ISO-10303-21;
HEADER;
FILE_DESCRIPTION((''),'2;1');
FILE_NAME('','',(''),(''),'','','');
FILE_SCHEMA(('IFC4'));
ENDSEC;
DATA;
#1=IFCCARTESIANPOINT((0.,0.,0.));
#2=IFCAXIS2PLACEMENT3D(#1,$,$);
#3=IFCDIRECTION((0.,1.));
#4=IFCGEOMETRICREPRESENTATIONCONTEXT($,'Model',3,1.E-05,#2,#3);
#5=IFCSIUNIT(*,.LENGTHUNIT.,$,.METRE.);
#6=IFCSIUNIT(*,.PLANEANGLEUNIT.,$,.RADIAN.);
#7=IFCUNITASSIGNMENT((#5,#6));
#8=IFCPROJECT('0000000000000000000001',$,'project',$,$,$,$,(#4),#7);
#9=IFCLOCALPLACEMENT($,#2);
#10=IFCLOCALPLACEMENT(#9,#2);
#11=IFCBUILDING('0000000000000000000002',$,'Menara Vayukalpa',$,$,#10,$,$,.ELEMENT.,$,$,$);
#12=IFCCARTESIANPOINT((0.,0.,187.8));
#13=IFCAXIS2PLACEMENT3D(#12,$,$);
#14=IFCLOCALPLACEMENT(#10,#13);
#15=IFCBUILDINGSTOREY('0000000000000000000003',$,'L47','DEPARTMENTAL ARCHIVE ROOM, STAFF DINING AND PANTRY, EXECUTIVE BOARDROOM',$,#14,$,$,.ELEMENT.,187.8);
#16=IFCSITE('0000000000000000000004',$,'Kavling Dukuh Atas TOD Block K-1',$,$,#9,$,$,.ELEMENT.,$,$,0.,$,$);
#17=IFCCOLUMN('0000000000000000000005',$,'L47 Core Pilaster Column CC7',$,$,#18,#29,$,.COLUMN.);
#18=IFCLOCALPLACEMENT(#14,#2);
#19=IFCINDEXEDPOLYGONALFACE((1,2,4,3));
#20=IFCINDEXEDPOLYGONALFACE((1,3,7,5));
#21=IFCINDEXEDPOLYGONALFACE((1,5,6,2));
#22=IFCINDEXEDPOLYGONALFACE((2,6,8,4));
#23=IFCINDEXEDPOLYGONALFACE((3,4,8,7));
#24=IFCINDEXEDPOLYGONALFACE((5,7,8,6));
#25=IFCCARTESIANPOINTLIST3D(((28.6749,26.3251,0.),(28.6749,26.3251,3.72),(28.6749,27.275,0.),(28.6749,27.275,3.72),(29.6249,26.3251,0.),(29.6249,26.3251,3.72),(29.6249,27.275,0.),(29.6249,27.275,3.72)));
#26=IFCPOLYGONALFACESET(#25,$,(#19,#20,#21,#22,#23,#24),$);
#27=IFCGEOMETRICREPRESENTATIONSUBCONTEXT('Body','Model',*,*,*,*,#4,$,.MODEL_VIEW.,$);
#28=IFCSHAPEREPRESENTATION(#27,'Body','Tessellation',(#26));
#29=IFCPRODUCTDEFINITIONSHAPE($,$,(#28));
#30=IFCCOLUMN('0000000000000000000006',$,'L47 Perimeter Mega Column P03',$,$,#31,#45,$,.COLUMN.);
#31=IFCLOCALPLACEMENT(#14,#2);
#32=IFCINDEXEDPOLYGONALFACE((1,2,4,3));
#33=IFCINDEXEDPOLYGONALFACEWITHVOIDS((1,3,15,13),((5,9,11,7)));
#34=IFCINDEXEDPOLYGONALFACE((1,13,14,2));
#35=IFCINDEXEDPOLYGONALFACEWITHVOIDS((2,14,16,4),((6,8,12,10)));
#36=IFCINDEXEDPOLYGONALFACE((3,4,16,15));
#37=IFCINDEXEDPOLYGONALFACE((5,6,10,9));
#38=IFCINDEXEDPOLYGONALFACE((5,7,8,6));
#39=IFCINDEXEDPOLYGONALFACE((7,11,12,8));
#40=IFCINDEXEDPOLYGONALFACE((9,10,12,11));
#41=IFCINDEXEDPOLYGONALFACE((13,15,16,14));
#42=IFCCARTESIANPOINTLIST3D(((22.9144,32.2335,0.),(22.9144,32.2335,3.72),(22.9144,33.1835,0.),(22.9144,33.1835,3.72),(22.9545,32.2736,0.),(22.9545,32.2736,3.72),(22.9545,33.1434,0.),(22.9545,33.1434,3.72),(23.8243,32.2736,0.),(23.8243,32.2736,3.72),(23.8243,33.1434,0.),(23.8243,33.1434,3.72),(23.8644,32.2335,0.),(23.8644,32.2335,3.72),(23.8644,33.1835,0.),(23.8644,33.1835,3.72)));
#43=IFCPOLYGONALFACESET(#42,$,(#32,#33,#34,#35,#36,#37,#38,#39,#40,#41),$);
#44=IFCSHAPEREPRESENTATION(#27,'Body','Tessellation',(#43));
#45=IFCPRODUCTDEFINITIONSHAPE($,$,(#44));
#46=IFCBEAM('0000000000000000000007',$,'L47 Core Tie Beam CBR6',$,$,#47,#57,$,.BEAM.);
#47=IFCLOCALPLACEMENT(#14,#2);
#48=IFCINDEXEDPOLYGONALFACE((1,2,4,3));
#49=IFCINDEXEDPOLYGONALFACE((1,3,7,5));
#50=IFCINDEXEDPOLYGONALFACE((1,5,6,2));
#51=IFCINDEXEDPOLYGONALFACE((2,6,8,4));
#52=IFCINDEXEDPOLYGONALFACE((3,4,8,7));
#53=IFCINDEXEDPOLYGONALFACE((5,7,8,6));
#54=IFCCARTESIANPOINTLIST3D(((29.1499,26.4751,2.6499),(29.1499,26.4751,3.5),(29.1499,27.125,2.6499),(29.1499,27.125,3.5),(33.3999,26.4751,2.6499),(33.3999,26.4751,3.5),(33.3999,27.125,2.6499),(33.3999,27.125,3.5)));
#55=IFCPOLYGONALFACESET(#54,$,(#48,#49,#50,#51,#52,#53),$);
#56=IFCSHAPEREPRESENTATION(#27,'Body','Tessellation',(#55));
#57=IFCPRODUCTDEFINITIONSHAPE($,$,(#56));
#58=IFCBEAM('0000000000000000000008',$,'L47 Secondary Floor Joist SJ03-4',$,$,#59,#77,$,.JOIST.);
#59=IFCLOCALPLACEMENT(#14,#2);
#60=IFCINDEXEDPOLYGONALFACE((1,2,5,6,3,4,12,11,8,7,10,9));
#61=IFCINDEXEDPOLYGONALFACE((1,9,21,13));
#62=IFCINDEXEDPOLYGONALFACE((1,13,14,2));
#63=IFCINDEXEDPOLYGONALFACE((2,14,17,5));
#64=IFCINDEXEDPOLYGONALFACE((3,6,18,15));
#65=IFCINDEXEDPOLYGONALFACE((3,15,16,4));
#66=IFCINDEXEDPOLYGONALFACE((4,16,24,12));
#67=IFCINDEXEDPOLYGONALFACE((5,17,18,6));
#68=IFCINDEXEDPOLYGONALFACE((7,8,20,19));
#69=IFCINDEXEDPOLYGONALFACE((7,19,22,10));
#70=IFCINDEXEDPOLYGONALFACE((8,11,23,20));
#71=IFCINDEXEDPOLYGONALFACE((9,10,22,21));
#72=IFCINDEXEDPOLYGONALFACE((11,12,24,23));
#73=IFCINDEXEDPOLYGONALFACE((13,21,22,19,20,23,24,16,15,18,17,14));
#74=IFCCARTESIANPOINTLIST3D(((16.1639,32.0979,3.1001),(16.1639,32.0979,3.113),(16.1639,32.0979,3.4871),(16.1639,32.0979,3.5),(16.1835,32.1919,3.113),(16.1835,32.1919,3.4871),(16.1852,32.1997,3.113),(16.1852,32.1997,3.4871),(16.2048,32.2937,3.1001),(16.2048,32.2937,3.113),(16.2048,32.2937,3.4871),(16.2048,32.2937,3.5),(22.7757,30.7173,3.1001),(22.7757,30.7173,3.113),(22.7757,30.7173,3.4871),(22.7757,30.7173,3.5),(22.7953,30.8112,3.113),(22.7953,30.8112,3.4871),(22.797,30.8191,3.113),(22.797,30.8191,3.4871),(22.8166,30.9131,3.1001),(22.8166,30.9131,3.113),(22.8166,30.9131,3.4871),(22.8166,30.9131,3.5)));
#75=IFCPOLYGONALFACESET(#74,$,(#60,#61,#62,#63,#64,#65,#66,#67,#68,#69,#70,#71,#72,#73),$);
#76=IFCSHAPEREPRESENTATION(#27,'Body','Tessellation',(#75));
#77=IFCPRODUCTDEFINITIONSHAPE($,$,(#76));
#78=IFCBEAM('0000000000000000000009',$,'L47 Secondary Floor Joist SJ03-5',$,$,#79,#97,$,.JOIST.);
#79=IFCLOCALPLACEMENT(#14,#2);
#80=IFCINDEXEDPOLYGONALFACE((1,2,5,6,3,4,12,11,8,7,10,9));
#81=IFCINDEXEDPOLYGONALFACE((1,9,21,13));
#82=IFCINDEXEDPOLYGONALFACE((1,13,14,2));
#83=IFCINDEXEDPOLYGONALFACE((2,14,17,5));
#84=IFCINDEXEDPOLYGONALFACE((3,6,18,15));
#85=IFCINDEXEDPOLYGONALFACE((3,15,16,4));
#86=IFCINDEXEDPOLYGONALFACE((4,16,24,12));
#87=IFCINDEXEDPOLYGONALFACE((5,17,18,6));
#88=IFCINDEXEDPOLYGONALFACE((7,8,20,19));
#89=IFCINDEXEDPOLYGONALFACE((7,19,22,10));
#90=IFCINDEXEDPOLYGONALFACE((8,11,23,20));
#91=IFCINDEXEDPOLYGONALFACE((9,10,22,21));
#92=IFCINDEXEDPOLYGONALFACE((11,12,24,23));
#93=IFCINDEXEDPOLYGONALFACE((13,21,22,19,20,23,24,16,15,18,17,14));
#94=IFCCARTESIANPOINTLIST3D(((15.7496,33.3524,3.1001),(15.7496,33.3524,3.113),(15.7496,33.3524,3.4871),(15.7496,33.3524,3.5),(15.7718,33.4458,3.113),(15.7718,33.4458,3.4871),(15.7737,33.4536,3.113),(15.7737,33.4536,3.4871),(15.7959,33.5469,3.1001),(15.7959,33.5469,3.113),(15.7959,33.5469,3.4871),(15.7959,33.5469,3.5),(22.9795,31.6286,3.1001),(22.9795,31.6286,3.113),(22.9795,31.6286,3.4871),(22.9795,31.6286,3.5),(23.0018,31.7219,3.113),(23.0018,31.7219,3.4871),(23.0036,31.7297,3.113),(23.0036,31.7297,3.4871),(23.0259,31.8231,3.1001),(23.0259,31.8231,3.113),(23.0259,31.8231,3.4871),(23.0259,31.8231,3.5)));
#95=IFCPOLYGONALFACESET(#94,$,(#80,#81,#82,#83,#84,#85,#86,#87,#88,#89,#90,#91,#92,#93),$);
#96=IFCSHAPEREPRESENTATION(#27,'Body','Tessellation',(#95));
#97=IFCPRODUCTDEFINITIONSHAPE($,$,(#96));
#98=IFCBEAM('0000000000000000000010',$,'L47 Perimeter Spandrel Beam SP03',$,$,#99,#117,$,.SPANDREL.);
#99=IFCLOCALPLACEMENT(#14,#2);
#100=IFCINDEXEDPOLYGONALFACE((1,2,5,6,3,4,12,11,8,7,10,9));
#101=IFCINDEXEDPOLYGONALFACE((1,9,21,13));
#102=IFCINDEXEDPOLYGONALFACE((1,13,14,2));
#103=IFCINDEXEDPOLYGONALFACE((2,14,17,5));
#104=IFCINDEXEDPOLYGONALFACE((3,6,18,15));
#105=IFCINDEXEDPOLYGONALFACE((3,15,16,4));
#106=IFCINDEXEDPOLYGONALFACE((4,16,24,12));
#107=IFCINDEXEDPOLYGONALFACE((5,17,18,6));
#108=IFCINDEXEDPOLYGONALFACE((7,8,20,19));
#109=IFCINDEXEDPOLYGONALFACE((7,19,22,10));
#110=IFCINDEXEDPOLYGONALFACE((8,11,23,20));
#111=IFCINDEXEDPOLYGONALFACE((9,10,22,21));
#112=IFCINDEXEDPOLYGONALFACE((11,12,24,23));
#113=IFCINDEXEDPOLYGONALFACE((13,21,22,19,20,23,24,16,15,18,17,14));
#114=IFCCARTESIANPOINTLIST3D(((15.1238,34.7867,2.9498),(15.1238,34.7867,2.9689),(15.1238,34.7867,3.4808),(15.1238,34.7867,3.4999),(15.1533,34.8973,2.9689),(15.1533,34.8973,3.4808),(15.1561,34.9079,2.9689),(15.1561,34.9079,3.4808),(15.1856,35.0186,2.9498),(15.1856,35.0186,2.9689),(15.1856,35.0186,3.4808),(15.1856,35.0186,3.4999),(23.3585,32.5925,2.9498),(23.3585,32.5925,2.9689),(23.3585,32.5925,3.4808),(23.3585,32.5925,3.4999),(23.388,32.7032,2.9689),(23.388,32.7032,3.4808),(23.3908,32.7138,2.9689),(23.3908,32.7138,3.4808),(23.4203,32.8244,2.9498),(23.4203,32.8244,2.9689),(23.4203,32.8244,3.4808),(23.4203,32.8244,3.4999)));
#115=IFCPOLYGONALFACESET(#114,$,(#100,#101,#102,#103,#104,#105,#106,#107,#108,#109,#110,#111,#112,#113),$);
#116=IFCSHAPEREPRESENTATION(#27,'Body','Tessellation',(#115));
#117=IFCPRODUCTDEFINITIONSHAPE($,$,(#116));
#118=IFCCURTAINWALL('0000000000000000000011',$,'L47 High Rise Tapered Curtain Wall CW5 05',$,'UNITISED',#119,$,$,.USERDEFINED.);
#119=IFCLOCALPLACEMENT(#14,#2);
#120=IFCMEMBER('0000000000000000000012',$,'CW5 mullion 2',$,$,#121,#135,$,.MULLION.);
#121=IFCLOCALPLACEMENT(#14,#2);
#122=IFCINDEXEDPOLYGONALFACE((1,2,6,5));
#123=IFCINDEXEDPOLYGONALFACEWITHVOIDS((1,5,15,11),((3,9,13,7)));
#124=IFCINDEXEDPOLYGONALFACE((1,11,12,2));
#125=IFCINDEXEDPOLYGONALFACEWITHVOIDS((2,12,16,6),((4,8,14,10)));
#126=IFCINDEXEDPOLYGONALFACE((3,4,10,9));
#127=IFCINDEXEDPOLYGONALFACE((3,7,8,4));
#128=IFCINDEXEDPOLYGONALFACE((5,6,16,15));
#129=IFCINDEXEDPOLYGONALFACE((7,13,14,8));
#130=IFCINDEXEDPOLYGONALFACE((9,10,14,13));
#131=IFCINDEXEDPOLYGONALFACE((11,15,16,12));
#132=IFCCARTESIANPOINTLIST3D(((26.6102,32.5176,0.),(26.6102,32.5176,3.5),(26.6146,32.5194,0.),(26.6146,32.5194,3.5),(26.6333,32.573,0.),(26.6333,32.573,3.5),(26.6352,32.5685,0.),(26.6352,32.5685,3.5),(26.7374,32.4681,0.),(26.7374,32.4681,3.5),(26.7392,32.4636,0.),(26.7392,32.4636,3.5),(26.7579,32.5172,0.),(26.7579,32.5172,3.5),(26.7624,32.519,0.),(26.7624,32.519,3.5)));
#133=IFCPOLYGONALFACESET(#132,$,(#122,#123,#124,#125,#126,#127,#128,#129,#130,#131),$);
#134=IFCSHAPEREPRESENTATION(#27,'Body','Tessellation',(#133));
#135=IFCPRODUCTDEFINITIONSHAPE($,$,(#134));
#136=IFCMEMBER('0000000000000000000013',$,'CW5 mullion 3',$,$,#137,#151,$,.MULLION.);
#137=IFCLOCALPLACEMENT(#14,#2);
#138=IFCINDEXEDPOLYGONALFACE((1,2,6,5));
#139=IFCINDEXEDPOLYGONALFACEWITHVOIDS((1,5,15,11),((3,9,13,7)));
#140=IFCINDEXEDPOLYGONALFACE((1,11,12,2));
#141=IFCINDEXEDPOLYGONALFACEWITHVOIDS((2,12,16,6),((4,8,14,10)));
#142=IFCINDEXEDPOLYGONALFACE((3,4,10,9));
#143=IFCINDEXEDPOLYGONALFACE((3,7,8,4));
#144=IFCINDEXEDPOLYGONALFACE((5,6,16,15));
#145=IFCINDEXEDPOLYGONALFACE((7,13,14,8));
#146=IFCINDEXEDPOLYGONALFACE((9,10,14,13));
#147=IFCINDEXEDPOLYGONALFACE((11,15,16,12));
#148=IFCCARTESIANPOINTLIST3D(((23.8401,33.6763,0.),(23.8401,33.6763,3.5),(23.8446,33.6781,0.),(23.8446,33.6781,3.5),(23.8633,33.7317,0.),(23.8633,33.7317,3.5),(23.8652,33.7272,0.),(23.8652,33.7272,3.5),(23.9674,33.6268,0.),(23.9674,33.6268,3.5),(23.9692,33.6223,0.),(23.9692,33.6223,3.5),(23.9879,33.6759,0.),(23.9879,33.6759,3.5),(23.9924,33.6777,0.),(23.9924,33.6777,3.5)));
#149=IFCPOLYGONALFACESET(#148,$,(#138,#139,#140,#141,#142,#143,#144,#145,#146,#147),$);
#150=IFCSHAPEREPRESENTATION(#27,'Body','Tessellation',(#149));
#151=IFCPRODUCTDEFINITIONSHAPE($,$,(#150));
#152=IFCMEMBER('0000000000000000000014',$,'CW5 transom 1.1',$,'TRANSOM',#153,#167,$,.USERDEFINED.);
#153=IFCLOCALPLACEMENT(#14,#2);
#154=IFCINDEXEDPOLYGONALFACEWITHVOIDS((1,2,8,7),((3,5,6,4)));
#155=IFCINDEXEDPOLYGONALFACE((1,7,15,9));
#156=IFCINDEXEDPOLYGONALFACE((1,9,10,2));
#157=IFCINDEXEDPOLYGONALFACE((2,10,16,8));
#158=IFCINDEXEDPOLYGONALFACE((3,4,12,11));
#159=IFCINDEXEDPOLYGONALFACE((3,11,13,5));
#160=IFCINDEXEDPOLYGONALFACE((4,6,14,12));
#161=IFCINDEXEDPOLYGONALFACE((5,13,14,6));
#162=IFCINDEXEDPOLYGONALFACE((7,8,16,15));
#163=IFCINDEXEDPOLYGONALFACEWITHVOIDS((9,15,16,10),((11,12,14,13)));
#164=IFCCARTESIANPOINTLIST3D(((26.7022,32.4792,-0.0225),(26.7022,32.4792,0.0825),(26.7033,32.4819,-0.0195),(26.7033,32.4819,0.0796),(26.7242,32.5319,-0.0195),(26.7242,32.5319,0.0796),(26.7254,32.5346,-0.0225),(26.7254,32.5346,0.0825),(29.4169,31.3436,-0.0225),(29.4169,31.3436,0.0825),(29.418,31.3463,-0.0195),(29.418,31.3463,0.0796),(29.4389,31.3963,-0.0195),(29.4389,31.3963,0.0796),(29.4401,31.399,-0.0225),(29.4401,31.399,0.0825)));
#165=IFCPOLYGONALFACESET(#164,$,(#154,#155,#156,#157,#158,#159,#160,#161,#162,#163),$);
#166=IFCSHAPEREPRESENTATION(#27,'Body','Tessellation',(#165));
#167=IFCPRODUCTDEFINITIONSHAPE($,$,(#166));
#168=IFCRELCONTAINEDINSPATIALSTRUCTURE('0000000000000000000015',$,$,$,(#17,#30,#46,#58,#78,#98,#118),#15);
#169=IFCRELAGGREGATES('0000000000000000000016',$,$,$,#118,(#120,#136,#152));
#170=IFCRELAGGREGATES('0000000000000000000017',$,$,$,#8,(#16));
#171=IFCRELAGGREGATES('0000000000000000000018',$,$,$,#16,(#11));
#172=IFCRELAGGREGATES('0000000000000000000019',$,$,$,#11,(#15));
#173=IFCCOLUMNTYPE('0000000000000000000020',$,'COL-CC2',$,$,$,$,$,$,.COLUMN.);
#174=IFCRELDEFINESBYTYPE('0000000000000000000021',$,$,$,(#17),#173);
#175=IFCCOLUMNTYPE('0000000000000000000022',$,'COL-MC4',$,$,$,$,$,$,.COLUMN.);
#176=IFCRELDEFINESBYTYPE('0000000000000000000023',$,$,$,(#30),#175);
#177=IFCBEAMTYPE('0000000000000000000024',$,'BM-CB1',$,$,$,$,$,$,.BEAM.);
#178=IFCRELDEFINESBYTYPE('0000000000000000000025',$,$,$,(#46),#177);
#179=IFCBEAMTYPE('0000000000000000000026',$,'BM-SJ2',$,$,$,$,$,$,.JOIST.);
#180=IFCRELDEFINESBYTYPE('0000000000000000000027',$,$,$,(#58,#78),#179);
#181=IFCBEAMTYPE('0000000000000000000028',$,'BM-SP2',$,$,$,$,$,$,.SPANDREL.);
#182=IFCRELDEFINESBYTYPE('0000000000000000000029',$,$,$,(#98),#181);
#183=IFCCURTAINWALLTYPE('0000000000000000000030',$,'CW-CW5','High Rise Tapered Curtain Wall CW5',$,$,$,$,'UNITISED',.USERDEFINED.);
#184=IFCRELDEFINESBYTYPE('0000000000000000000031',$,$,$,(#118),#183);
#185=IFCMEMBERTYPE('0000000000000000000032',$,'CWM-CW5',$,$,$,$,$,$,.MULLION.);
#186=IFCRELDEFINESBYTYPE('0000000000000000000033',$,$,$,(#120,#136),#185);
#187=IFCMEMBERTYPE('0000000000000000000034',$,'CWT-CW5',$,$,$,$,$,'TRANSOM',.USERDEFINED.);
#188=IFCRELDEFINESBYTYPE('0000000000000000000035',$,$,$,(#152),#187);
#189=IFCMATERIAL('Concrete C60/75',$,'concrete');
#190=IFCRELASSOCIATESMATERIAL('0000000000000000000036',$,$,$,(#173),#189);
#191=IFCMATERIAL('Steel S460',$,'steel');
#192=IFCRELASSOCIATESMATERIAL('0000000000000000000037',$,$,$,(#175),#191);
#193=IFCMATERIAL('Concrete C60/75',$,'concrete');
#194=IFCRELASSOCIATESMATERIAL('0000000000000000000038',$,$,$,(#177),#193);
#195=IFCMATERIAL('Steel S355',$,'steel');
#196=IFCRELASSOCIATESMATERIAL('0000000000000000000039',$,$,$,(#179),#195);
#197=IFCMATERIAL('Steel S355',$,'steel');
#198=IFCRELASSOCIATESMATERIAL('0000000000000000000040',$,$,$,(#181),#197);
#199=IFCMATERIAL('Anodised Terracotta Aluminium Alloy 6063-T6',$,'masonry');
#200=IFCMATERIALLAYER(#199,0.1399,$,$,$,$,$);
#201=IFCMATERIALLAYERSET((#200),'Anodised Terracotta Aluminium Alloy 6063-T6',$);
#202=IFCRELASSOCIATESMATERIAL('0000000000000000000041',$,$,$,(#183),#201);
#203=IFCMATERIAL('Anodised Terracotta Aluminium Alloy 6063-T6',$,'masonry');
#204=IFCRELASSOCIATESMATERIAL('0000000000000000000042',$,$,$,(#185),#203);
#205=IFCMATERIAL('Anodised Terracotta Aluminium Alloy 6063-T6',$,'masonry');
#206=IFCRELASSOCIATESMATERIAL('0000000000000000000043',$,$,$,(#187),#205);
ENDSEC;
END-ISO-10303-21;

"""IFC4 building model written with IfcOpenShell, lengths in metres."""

from ifc_helpers import new_model, si_unit, direction, frame, origin, origin_2d, place, context, subcontext, project, spatial, rectangle, hollow_rectangle, i_section, extrude, material, layer, layer_set, material_profile, profile_set, type_object, element, aggregate, save


model = new_model("IFC4")

# Units and contexts
model_context = context("Model", 3, precision=1e-05, world=origin(), true_north=direction((0.0, 1.0)))
body_context = subcontext(model_context, "Body", "Model", "MODEL_VIEW")
ifc_project = project(units=[si_unit("LENGTHUNIT", "METRE"), si_unit("PLANEANGLEUNIT", "RADIAN")], contexts=[model_context])

# Site, building, storey
site_placement = place(None, origin())
site = spatial("IfcSite", under=ifc_project, at=site_placement, Name="Kavling Dukuh Atas TOD Block K-1", CompositionType="ELEMENT", RefElevation=0.0)
building_placement = place(site_placement, origin())
building = spatial("IfcBuilding", under=site, at=building_placement, Name="Menara Vayukalpa", CompositionType="ELEMENT")
storey_placement = place(building_placement, frame((0.0, 0.0, 187.8)))
storey = spatial("IfcBuildingStorey", under=building, at=storey_placement, Name="L47", Description="DEPARTMENTAL ARCHIVE ROOM, STAFF DINING AND PANTRY, EXECUTIVE BOARDROOM", CompositionType="ELEMENT", Elevation=187.8)

# Columns
ifc_material_1 = material(Name="Concrete C60/75", Category="concrete")
ifc_material_profile_1 = material_profile(ifc_material_1, rectangle(XDim=0.95, YDim=0.95, at=origin_2d()), Name="RC 950x950")
ifc_profile_set_1 = profile_set([ifc_material_profile_1], Name="Concrete C60/75")
column_type_1 = type_object("IfcColumnType", Name="COL-CC2", PredefinedType="COLUMN", material=ifc_profile_set_1)
column_1_placement = place(storey_placement, frame((29.1499, 26.8, 0.0), z_axis=(0.0, 0.0, 1.0), x_axis=(1.0, 0.0, 0.0)))
element("IfcColumn", 1, at=column_1_placement, inside=storey, type_object=column_type_1, Name="L47 Core Pilaster Column CC7", PredefinedType="COLUMN", context=body_context, shape_type="SweptSolid", body=[
    extrude(rectangle(XDim=0.95, YDim=0.95, at=origin_2d()), origin(), (0.0, 0.0, 1.0), 3.72),
])
ifc_material_2 = material(Name="Steel S460", Category="steel")
ifc_material_profile_2 = material_profile(ifc_material_2, hollow_rectangle(XDim=0.95, YDim=0.95, WallThickness=0.04, at=origin_2d()), Name="BOX 950x950x40")
ifc_profile_set_2 = profile_set([ifc_material_profile_2], Name="Steel S460")
column_type_2 = type_object("IfcColumnType", Name="COL-MC4", PredefinedType="COLUMN", material=ifc_profile_set_2)
column_2_placement = place(storey_placement, frame((23.3894, 32.7085, 0.0), z_axis=(0.0, 0.0, 1.0), x_axis=(1.0, 0.0, 0.0)))
element("IfcColumn", 2, at=column_2_placement, inside=storey, type_object=column_type_2, Name="L47 Perimeter Mega Column P03", PredefinedType="COLUMN", context=body_context, shape_type="SweptSolid", body=[
    extrude(hollow_rectangle(XDim=0.95, YDim=0.95, WallThickness=0.04, at=origin_2d()), origin(), (0.0, 0.0, 1.0), 3.72),
])

# Beams
ifc_material_3 = material(Name="Concrete C60/75", Category="concrete")
ifc_material_profile_3 = material_profile(ifc_material_3, rectangle(XDim=0.6499, YDim=0.8501, at=origin_2d()), Name="RC 650x850")
ifc_profile_set_3 = profile_set([ifc_material_profile_3], Name="Concrete C60/75")
beam_type_1 = type_object("IfcBeamType", Name="BM-CB1", PredefinedType="BEAM", material=ifc_profile_set_3)
beam_1_placement = place(storey_placement, frame((29.1499, 26.8, 3.075), z_axis=(1.0, 0.0, 0.0), x_axis=(0.0, 1.0, 0.0)))
element("IfcBeam", 3, at=beam_1_placement, inside=storey, type_object=beam_type_1, Name="L47 Core Tie Beam CBR6", PredefinedType="BEAM", context=body_context, shape_type="SweptSolid", body=[
    extrude(rectangle(XDim=0.6499, YDim=0.8501, at=origin_2d()), origin(), (0.0, 0.0, 1.0), 4.25),
])
ifc_material_4 = material(Name="Steel S355", Category="steel")
ifc_material_profile_4 = material_profile(ifc_material_4, i_section(OverallWidth=0.2, OverallDepth=0.3999, WebThickness=0.0081, FlangeThickness=0.0129, at=origin_2d()), Name="WF 400x200x8x13")
ifc_profile_set_4 = profile_set([ifc_material_profile_4], Name="Steel S355")
beam_type_2 = type_object("IfcBeamType", Name="BM-SJ2", PredefinedType="JOIST", material=ifc_profile_set_4)
beam_2_placement = place(storey_placement, frame((22.7961, 30.8152, 3.3), z_axis=(-0.978887, 0.204402, 0.0), x_axis=(-0.204402, -0.978887, 0.0)))
element("IfcBeam", 4, at=beam_2_placement, inside=storey, type_object=beam_type_2, Name="L47 Secondary Floor Joist SJ03-4", PredefinedType="JOIST", context=body_context, shape_type="SweptSolid", body=[
    extrude(i_section(OverallWidth=0.2, OverallDepth=0.3999, WebThickness=0.0081, FlangeThickness=0.0129, at=origin_2d()), origin(), (0.0, 0.0, 1.0), 6.7544),
])
beam_3_placement = place(storey_placement, frame((23.0027, 31.7258, 3.3), z_axis=(-0.972732, 0.231933, 0.0), x_axis=(-0.231933, -0.972732, 0.0)))
element("IfcBeam", 5, at=beam_3_placement, inside=storey, type_object=beam_type_2, Name="L47 Secondary Floor Joist SJ03-5", PredefinedType="JOIST", context=body_context, shape_type="SweptSolid", body=[
    extrude(i_section(OverallWidth=0.2, OverallDepth=0.3999, WebThickness=0.0081, FlangeThickness=0.0129, at=origin_2d()), origin(), (0.0, 0.0, 1.0), 7.4326),
])
ifc_material_5 = material(Name="Steel S355", Category="steel")
ifc_material_profile_5 = material_profile(ifc_material_5, i_section(OverallWidth=0.24, OverallDepth=0.55, WebThickness=0.011, FlangeThickness=0.019, at=origin_2d()), Name="WF 550x240x11x19")
ifc_profile_set_5 = profile_set([ifc_material_profile_5], Name="Steel S355")
beam_type_3 = type_object("IfcBeamType", Name="BM-SP2", PredefinedType="SPANDREL", material=ifc_profile_set_5)
beam_4_placement = place(storey_placement, frame((23.3894, 32.7085, 3.2249), z_axis=(-0.966288, 0.257465, 0.0), x_axis=(-0.257465, -0.966288, 0.0)))
element("IfcBeam", 6, at=beam_4_placement, inside=storey, type_object=beam_type_3, Name="L47 Perimeter Spandrel Beam SP03", PredefinedType="SPANDREL", context=body_context, shape_type="SweptSolid", body=[
    extrude(i_section(OverallWidth=0.24, OverallDepth=0.55, WebThickness=0.011, FlangeThickness=0.019, at=origin_2d()), origin(), (0.0, 0.0, 1.0), 8.522),
])

# Curtain wall, members
ifc_material_6 = material(Name="Anodised Terracotta Aluminium Alloy 6063-T6", Category="masonry")
ifc_layer_1 = layer(ifc_material_6, 0.1399)
ifc_layer_set_1 = layer_set([ifc_layer_1], Name="Anodised Terracotta Aluminium Alloy 6063-T6")
curtain_wall_type = type_object("IfcCurtainWallType", Name="CW-CW5", Description="High Rise Tapered Curtain Wall CW5", ElementType="UNITISED", PredefinedType="USERDEFINED", material=ifc_layer_set_1)
curtain_wall_placement = place(storey_placement, origin())
curtain_wall = element("IfcCurtainWall", 7, at=curtain_wall_placement, inside=storey, type_object=curtain_wall_type, Name="L47 High Rise Tapered Curtain Wall CW5 05", ObjectType="UNITISED", PredefinedType="USERDEFINED")
ifc_material_7 = material(Name="Anodised Terracotta Aluminium Alloy 6063-T6", Category="masonry")
ifc_material_profile_6 = material_profile(ifc_material_7, hollow_rectangle(XDim=0.0601, YDim=0.1399, WallThickness=0.0034, at=origin_2d()), Name="ALU 60x140x3.5")
ifc_profile_set_6 = profile_set([ifc_material_profile_6], Name="Anodised Terracotta Aluminium Alloy 6063-T6")
member_type_1 = type_object("IfcMemberType", Name="CWM-CW5", PredefinedType="MULLION", material=ifc_profile_set_6)
member_1_placement = place(storey_placement, frame((26.6863, 32.5183, 0.0), z_axis=(0.0, 0.0, 1.0), x_axis=(-0.385903, -0.922539, 0.0)))
member_1 = element("IfcMember", 8, at=member_1_placement, type_object=member_type_1, Name="CW5 mullion 2", PredefinedType="MULLION", context=body_context, shape_type="SweptSolid", body=[
    extrude(hollow_rectangle(XDim=0.0601, YDim=0.1399, WallThickness=0.0034, at=origin_2d()), origin(), (0.0, 0.0, 1.0), 3.5),
])
member_2_placement = place(storey_placement, frame((23.9163, 33.677, 0.0), z_axis=(0.0, 0.0, 1.0), x_axis=(-0.385903, -0.922539, 0.0)))
member_2 = element("IfcMember", 9, at=member_2_placement, type_object=member_type_1, Name="CW5 mullion 3", PredefinedType="MULLION", context=body_context, shape_type="SweptSolid", body=[
    extrude(hollow_rectangle(XDim=0.0601, YDim=0.1399, WallThickness=0.0034, at=origin_2d()), origin(), (0.0, 0.0, 1.0), 3.5),
])
ifc_material_8 = material(Name="Anodised Terracotta Aluminium Alloy 6063-T6", Category="masonry")
ifc_material_profile_7 = material_profile(ifc_material_8, hollow_rectangle(XDim=0.0601, YDim=0.105, WallThickness=0.0029, at=origin_2d()), Name="ALU 60x105x3")
ifc_profile_set_7 = profile_set([ifc_material_profile_7], Name="Anodised Terracotta Aluminium Alloy 6063-T6")
member_type_2 = type_object("IfcMemberType", Name="CWT-CW5", ElementType="TRANSOM", PredefinedType="USERDEFINED", material=ifc_profile_set_7)
member_3_placement = place(storey_placement, frame((29.4285, 31.3713, 0.03), z_axis=(-0.922543, 0.385893, 0.0), x_axis=(-0.385893, -0.922543, 0.0)))
member_3 = element("IfcMember", 10, at=member_3_placement, type_object=member_type_2, Name="CW5 transom 1.1", ObjectType="TRANSOM", PredefinedType="USERDEFINED", context=body_context, shape_type="SweptSolid", body=[
    extrude(hollow_rectangle(XDim=0.0601, YDim=0.105, WallThickness=0.0029, at=origin_2d()), origin(), (0.0, 0.0, 1.0), 2.9426),
])
aggregate(curtain_wall, [member_1, member_2, member_3])

save(model, "model.ifc")
